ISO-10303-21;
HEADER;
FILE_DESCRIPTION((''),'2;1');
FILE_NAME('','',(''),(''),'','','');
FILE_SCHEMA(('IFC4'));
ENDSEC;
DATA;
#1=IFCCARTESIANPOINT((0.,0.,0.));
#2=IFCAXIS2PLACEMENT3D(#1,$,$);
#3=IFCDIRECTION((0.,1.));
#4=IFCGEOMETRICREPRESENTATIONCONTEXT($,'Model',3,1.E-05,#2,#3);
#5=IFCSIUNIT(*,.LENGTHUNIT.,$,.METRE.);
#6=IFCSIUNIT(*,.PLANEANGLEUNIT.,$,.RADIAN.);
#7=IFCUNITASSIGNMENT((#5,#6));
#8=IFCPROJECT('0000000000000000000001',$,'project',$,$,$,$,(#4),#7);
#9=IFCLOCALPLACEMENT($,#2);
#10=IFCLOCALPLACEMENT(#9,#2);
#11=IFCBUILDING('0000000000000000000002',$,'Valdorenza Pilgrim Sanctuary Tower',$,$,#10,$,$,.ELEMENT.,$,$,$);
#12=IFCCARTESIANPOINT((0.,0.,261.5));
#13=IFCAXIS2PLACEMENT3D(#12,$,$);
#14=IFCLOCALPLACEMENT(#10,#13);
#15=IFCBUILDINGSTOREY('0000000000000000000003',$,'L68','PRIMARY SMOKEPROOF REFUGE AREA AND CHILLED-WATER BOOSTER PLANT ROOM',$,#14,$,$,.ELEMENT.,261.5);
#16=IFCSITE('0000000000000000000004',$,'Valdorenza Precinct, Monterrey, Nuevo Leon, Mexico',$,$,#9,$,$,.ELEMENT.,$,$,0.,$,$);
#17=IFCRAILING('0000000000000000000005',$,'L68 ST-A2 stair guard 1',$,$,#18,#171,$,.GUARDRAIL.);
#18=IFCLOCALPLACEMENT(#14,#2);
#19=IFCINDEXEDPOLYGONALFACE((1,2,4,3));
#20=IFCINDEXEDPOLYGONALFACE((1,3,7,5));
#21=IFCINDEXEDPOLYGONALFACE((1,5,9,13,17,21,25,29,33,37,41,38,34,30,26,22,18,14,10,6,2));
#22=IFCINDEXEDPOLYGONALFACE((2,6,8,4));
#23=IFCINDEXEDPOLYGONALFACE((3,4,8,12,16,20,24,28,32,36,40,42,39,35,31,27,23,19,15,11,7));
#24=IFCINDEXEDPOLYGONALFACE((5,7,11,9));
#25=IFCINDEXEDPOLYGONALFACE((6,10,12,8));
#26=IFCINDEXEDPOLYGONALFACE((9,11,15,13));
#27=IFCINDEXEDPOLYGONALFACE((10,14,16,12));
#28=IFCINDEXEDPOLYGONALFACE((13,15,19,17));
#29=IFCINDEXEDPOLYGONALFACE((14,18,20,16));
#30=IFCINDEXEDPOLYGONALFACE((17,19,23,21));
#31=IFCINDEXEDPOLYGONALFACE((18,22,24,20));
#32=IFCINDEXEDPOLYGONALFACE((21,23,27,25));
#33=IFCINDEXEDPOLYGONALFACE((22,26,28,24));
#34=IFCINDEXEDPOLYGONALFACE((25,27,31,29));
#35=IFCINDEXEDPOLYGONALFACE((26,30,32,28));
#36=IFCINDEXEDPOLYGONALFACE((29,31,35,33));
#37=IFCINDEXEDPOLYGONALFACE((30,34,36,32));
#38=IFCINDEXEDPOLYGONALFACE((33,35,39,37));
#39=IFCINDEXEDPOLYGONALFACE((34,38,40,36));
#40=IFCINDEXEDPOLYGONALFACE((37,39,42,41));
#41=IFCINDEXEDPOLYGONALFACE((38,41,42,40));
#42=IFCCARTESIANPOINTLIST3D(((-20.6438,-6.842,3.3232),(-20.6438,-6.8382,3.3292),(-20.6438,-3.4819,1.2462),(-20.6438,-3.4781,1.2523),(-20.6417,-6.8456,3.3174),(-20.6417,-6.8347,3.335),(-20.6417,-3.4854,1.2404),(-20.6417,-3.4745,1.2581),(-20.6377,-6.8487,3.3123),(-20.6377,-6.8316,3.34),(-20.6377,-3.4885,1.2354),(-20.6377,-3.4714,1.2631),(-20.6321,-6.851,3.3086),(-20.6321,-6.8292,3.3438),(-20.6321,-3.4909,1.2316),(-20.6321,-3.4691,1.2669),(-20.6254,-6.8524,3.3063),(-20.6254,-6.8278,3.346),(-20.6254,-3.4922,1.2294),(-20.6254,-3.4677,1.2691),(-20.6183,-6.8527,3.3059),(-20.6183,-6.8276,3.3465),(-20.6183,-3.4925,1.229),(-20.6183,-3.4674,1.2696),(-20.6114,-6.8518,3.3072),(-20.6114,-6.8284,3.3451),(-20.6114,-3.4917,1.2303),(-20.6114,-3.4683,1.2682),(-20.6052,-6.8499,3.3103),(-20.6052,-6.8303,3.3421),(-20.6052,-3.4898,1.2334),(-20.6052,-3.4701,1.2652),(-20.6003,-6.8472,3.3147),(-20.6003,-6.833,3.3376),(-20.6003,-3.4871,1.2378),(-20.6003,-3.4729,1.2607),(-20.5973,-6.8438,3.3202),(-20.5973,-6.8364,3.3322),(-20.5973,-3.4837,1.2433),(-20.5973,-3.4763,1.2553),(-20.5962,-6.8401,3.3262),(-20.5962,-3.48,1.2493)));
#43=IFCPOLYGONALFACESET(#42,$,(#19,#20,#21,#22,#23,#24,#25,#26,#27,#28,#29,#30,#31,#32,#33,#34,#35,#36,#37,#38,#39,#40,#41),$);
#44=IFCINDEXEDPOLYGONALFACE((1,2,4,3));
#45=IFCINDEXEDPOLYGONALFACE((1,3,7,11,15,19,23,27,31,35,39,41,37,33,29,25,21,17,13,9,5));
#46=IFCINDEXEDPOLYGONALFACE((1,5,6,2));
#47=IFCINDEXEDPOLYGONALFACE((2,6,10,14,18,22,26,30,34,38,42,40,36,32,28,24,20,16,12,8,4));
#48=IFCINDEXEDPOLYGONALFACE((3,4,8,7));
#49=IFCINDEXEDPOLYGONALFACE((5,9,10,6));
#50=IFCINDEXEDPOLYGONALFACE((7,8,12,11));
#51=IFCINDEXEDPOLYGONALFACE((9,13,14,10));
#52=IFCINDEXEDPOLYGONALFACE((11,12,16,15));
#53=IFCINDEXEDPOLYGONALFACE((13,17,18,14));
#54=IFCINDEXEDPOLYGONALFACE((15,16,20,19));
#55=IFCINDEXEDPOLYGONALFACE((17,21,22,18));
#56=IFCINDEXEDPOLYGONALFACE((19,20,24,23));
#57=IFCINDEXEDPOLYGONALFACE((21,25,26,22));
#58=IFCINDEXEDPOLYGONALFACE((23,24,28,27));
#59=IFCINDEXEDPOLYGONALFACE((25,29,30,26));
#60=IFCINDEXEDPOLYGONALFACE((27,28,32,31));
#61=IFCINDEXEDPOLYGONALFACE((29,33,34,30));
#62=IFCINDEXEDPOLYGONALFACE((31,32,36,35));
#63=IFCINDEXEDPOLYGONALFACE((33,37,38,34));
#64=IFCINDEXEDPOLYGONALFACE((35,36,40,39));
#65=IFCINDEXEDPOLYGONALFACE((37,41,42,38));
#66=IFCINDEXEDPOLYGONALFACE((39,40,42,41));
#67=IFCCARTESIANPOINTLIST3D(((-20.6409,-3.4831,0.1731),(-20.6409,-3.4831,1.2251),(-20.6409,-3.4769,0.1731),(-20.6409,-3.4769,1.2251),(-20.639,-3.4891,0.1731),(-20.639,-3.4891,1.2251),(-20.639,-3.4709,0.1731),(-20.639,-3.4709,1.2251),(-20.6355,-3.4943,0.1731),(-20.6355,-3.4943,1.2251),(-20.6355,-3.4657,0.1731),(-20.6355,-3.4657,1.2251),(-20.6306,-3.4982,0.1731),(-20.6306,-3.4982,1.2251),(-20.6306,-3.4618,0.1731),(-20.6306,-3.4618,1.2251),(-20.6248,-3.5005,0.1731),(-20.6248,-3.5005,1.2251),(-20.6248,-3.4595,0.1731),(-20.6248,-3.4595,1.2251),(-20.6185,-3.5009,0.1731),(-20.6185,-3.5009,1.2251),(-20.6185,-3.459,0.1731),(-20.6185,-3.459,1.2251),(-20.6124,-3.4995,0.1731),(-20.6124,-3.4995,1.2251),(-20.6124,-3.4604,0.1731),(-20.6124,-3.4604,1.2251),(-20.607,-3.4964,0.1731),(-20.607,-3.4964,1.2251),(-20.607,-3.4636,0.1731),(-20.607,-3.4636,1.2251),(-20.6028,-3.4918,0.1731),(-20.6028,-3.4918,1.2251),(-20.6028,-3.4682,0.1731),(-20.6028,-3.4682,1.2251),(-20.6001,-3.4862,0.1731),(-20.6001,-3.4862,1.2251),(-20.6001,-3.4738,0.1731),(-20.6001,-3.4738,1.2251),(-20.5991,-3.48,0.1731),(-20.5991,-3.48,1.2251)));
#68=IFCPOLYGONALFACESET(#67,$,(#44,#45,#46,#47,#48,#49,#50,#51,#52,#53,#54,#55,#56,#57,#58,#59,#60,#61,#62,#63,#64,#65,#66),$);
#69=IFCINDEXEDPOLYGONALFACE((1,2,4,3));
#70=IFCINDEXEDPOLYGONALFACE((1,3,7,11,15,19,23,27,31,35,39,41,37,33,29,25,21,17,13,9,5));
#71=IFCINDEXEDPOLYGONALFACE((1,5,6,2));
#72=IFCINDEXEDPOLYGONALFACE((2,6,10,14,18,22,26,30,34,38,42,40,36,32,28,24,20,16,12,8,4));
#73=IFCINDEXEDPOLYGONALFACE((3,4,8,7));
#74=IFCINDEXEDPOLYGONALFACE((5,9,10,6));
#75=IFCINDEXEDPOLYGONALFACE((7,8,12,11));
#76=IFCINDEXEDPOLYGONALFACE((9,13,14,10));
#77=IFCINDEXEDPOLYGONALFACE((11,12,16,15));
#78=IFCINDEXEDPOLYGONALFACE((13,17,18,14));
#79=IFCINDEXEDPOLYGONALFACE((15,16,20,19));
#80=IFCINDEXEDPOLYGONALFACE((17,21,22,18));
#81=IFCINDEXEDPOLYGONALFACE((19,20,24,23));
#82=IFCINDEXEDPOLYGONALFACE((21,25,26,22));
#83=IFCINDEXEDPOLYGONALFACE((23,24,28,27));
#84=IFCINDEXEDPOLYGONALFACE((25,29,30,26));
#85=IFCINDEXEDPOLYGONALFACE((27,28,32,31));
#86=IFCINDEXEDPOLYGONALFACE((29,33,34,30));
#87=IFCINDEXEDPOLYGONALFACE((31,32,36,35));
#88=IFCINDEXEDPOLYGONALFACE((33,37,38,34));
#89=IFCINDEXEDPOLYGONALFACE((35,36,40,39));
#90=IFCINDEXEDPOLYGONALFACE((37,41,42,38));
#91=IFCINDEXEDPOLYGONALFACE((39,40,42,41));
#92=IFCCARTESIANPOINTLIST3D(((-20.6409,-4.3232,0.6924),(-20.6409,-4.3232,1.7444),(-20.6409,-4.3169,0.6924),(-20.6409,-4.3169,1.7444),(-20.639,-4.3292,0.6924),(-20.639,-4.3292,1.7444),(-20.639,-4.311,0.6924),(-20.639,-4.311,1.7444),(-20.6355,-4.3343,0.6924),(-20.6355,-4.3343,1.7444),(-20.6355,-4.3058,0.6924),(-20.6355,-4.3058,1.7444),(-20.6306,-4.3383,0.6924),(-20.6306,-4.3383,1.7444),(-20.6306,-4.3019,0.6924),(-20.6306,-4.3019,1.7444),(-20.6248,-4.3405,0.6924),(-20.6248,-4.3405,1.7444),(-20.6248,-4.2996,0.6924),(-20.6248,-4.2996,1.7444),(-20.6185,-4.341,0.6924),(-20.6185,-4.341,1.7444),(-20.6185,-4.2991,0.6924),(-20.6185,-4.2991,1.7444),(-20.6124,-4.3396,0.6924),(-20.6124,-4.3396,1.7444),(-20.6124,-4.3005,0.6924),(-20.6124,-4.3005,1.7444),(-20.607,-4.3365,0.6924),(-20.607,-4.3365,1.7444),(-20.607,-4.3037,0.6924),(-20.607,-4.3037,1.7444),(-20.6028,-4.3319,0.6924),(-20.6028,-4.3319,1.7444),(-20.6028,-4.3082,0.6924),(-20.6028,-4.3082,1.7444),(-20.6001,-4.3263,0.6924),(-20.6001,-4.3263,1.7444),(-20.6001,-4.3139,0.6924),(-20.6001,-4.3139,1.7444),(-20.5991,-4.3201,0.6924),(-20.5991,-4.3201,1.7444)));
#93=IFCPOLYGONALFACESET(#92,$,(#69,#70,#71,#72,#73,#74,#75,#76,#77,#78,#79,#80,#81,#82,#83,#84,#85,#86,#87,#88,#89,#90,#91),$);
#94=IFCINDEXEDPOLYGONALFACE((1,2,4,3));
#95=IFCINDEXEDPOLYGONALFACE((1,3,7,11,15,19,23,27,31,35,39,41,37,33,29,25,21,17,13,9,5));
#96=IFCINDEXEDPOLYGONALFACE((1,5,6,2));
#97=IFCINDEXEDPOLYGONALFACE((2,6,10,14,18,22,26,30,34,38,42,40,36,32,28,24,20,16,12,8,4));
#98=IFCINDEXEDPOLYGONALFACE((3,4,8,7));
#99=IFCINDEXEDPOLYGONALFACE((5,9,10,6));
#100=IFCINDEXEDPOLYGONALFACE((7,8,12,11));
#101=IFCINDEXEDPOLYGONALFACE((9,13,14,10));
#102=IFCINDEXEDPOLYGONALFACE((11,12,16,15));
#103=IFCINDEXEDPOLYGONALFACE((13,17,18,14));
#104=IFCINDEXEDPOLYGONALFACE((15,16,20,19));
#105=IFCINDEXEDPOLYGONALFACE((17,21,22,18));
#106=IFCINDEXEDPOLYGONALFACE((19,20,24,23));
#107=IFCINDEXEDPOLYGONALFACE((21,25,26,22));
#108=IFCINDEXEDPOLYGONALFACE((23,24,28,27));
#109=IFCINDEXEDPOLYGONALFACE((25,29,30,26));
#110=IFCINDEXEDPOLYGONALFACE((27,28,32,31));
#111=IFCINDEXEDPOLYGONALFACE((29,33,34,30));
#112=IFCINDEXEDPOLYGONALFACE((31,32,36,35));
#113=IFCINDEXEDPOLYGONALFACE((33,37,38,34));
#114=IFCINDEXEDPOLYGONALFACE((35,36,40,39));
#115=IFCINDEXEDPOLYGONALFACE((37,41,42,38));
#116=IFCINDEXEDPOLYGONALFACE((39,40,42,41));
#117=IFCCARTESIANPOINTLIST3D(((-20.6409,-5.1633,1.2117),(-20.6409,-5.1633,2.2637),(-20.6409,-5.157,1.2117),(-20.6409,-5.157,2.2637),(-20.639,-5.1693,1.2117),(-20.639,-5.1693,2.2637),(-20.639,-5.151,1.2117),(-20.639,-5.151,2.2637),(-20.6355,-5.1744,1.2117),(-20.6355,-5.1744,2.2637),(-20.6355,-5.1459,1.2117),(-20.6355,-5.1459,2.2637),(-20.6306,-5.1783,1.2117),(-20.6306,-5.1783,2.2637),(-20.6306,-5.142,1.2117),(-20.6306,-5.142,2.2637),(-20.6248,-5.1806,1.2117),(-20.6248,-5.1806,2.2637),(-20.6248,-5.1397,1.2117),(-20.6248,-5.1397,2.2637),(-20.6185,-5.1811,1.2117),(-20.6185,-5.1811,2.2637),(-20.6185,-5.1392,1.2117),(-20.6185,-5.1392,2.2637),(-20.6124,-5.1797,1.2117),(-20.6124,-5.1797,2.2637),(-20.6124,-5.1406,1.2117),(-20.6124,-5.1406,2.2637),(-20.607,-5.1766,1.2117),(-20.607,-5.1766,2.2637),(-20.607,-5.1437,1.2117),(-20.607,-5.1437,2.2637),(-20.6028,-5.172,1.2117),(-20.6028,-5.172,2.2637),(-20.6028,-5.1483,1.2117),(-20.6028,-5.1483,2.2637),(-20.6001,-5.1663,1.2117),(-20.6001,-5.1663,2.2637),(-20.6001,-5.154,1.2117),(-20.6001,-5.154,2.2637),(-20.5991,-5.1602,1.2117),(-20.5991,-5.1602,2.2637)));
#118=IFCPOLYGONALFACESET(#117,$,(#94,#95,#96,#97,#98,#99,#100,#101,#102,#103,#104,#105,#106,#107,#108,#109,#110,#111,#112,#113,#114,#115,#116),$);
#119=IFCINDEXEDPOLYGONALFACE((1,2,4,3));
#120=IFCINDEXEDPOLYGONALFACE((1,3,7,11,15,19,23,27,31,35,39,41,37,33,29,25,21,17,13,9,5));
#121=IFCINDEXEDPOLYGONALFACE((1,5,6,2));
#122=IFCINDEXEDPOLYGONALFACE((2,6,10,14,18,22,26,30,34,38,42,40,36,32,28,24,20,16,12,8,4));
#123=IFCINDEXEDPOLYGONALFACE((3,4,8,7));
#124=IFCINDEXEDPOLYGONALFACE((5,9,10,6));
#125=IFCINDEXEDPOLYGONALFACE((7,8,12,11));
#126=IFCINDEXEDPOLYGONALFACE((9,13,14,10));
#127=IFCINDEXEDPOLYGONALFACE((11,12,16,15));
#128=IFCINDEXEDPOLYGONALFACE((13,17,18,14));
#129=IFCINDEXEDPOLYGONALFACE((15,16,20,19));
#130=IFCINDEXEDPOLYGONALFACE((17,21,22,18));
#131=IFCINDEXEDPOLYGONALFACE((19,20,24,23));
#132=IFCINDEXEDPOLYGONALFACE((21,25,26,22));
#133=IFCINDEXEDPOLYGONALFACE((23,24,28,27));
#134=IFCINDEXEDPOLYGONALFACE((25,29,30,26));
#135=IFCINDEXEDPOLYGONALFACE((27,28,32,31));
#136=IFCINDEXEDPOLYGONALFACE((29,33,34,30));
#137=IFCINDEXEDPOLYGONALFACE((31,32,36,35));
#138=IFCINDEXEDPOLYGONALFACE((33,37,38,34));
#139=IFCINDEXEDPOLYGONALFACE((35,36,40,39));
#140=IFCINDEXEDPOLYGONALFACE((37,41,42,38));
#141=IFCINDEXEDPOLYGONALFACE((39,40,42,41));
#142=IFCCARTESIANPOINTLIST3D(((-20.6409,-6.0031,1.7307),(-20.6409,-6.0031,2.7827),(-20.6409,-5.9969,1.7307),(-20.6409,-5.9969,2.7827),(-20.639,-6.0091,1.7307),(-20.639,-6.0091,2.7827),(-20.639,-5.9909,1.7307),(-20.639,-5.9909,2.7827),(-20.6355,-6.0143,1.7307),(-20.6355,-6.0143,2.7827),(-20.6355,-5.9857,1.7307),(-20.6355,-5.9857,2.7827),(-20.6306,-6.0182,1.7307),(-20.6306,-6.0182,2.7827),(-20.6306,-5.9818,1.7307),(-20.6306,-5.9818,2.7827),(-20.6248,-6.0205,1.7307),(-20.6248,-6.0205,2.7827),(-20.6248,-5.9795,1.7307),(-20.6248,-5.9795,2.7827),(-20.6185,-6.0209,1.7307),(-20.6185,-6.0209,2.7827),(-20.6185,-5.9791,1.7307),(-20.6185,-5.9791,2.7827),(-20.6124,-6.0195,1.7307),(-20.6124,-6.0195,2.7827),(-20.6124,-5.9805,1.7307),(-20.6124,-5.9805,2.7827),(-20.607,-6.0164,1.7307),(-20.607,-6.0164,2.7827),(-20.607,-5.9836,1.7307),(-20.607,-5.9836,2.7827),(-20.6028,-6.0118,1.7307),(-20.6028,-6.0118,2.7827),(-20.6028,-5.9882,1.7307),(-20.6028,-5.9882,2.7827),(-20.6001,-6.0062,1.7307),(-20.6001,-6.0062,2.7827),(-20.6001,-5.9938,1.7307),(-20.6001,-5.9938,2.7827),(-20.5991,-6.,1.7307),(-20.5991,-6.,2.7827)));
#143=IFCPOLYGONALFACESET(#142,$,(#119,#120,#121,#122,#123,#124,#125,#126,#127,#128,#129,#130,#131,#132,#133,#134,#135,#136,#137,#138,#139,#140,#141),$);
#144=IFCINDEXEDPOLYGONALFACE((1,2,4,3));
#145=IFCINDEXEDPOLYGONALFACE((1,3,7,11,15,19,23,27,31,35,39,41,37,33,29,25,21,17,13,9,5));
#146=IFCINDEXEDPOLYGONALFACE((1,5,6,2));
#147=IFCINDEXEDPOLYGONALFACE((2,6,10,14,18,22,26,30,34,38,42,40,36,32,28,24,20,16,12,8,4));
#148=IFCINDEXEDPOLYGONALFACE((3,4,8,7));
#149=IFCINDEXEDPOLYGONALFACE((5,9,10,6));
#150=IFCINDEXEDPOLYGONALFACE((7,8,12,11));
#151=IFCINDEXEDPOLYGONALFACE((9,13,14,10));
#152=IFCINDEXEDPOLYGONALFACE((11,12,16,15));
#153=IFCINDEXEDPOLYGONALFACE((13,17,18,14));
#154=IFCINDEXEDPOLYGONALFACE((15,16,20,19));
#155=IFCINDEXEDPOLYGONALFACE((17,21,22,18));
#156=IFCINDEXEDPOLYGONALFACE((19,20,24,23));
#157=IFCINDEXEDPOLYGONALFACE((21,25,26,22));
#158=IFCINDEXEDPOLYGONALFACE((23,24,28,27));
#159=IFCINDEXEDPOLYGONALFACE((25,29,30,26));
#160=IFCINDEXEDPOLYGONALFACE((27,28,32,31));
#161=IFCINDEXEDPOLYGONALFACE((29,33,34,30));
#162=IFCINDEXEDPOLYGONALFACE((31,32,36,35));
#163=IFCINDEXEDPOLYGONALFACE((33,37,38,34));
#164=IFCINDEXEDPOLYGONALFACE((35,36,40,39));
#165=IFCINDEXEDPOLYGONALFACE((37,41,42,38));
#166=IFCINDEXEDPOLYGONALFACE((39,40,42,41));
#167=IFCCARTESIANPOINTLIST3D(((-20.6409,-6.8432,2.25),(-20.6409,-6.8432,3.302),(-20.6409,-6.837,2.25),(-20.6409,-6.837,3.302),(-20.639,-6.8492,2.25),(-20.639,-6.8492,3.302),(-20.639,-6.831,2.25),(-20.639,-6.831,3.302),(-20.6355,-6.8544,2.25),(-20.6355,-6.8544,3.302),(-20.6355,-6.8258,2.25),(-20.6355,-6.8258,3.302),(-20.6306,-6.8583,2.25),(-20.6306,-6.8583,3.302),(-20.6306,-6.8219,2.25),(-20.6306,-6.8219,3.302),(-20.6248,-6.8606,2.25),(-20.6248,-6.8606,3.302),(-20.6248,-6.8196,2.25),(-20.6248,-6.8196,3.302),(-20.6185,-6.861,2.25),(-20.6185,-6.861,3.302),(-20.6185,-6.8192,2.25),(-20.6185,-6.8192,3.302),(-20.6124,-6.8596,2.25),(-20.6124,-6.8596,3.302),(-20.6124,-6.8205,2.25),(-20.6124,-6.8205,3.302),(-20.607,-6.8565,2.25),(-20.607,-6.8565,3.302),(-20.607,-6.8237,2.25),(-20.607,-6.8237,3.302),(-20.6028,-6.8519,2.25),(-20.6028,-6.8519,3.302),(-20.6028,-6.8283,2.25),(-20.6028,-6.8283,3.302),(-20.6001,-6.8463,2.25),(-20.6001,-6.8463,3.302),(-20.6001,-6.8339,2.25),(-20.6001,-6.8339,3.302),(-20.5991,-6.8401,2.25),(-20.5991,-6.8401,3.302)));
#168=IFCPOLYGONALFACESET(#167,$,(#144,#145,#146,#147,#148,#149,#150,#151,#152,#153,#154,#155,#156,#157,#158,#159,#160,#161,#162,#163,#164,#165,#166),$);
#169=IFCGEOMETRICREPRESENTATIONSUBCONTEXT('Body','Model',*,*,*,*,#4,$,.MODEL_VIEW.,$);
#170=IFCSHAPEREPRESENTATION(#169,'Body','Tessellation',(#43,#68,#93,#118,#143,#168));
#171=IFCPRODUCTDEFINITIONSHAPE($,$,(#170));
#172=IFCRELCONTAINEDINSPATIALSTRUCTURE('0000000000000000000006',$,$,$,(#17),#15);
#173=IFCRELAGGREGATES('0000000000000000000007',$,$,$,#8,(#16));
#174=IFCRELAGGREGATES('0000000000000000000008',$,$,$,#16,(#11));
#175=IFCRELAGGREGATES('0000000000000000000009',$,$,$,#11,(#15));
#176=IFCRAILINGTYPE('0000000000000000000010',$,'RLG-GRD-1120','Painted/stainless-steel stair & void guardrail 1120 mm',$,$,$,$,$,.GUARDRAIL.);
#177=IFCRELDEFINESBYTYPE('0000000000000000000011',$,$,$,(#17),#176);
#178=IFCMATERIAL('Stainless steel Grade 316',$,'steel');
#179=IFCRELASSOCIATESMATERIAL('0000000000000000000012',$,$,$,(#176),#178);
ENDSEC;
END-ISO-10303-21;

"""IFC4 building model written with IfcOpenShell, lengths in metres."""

from ifc_helpers import new_model, si_unit, direction, frame, origin, origin_2d, place, context, subcontext, project, spatial, circle, extrude, material, type_object, element, save


model = new_model("IFC4")

# Units and contexts
model_context = context("Model", 3, precision=1e-05, world=origin(), true_north=direction((0.0, 1.0)))
body_context = subcontext(model_context, "Body", "Model", "MODEL_VIEW")
ifc_project = project(units=[si_unit("LENGTHUNIT", "METRE"), si_unit("PLANEANGLEUNIT", "RADIAN")], contexts=[model_context])

# Site, building, storey
site_placement = place(None, origin())
site = spatial("IfcSite", under=ifc_project, at=site_placement, Name="Valdorenza Precinct, Monterrey, Nuevo Leon, Mexico", CompositionType="ELEMENT", RefElevation=0.0)
building_placement = place(site_placement, origin())
building = spatial("IfcBuilding", under=site, at=building_placement, Name="Valdorenza Pilgrim Sanctuary Tower", CompositionType="ELEMENT")
storey_placement = place(building_placement, frame((0.0, 0.0, 261.5)))
storey = spatial("IfcBuildingStorey", under=building, at=storey_placement, Name="L68", Description="PRIMARY SMOKEPROOF REFUGE AREA AND CHILLED-WATER BOOSTER PLANT ROOM", CompositionType="ELEMENT", Elevation=261.5)

# Railing
ifc_material_1 = material(Name="Stainless steel Grade 316", Category="steel")
railing_type_1 = type_object("IfcRailingType", Name="RLG-GRD-1120", Description="Painted/stainless-steel stair & void guardrail 1120 mm", PredefinedType="GUARDRAIL", material=ifc_material_1)
railing_1_placement = place(storey_placement, frame((-20.6201, -3.48, 0.1731)))
element("IfcRailing", 1, at=railing_1_placement, inside=storey, type_object=railing_type_1, Name="L68 ST-A2 stair guard 1", PredefinedType="GUARDRAIL", context=body_context, shape_type="SweptSolid", body=[
    extrude(circle(Radius=0.0239, at=origin_2d()), frame((0.0, 0.0, 1.0762), z_axis=(0.0, -0.850623, 0.525776), x_axis=(1.0, 0.0, 0.0)), (0.0, 0.0, 1.0), 3.9502),
    extrude(circle(Radius=0.021, at=origin_2d()), origin(), (0.0, 0.0, 1.0), 1.052),
    extrude(circle(Radius=0.021, at=origin_2d()), frame((0.0, -0.8401, 0.5193)), (0.0, 0.0, 1.0), 1.052),
    extrude(circle(Radius=0.021, at=origin_2d()), frame((0.0, -1.6802, 1.0386)), (0.0, 0.0, 1.0), 1.052),
    extrude(circle(Radius=0.021, at=origin_2d()), frame((0.0, -2.52, 1.5576)), (0.0, 0.0, 1.0), 1.052),
    extrude(circle(Radius=0.021, at=origin_2d()), frame((0.0, -3.3601, 2.0769)), (0.0, 0.0, 1.0), 1.052),
])

save(model, "model.ifc")
